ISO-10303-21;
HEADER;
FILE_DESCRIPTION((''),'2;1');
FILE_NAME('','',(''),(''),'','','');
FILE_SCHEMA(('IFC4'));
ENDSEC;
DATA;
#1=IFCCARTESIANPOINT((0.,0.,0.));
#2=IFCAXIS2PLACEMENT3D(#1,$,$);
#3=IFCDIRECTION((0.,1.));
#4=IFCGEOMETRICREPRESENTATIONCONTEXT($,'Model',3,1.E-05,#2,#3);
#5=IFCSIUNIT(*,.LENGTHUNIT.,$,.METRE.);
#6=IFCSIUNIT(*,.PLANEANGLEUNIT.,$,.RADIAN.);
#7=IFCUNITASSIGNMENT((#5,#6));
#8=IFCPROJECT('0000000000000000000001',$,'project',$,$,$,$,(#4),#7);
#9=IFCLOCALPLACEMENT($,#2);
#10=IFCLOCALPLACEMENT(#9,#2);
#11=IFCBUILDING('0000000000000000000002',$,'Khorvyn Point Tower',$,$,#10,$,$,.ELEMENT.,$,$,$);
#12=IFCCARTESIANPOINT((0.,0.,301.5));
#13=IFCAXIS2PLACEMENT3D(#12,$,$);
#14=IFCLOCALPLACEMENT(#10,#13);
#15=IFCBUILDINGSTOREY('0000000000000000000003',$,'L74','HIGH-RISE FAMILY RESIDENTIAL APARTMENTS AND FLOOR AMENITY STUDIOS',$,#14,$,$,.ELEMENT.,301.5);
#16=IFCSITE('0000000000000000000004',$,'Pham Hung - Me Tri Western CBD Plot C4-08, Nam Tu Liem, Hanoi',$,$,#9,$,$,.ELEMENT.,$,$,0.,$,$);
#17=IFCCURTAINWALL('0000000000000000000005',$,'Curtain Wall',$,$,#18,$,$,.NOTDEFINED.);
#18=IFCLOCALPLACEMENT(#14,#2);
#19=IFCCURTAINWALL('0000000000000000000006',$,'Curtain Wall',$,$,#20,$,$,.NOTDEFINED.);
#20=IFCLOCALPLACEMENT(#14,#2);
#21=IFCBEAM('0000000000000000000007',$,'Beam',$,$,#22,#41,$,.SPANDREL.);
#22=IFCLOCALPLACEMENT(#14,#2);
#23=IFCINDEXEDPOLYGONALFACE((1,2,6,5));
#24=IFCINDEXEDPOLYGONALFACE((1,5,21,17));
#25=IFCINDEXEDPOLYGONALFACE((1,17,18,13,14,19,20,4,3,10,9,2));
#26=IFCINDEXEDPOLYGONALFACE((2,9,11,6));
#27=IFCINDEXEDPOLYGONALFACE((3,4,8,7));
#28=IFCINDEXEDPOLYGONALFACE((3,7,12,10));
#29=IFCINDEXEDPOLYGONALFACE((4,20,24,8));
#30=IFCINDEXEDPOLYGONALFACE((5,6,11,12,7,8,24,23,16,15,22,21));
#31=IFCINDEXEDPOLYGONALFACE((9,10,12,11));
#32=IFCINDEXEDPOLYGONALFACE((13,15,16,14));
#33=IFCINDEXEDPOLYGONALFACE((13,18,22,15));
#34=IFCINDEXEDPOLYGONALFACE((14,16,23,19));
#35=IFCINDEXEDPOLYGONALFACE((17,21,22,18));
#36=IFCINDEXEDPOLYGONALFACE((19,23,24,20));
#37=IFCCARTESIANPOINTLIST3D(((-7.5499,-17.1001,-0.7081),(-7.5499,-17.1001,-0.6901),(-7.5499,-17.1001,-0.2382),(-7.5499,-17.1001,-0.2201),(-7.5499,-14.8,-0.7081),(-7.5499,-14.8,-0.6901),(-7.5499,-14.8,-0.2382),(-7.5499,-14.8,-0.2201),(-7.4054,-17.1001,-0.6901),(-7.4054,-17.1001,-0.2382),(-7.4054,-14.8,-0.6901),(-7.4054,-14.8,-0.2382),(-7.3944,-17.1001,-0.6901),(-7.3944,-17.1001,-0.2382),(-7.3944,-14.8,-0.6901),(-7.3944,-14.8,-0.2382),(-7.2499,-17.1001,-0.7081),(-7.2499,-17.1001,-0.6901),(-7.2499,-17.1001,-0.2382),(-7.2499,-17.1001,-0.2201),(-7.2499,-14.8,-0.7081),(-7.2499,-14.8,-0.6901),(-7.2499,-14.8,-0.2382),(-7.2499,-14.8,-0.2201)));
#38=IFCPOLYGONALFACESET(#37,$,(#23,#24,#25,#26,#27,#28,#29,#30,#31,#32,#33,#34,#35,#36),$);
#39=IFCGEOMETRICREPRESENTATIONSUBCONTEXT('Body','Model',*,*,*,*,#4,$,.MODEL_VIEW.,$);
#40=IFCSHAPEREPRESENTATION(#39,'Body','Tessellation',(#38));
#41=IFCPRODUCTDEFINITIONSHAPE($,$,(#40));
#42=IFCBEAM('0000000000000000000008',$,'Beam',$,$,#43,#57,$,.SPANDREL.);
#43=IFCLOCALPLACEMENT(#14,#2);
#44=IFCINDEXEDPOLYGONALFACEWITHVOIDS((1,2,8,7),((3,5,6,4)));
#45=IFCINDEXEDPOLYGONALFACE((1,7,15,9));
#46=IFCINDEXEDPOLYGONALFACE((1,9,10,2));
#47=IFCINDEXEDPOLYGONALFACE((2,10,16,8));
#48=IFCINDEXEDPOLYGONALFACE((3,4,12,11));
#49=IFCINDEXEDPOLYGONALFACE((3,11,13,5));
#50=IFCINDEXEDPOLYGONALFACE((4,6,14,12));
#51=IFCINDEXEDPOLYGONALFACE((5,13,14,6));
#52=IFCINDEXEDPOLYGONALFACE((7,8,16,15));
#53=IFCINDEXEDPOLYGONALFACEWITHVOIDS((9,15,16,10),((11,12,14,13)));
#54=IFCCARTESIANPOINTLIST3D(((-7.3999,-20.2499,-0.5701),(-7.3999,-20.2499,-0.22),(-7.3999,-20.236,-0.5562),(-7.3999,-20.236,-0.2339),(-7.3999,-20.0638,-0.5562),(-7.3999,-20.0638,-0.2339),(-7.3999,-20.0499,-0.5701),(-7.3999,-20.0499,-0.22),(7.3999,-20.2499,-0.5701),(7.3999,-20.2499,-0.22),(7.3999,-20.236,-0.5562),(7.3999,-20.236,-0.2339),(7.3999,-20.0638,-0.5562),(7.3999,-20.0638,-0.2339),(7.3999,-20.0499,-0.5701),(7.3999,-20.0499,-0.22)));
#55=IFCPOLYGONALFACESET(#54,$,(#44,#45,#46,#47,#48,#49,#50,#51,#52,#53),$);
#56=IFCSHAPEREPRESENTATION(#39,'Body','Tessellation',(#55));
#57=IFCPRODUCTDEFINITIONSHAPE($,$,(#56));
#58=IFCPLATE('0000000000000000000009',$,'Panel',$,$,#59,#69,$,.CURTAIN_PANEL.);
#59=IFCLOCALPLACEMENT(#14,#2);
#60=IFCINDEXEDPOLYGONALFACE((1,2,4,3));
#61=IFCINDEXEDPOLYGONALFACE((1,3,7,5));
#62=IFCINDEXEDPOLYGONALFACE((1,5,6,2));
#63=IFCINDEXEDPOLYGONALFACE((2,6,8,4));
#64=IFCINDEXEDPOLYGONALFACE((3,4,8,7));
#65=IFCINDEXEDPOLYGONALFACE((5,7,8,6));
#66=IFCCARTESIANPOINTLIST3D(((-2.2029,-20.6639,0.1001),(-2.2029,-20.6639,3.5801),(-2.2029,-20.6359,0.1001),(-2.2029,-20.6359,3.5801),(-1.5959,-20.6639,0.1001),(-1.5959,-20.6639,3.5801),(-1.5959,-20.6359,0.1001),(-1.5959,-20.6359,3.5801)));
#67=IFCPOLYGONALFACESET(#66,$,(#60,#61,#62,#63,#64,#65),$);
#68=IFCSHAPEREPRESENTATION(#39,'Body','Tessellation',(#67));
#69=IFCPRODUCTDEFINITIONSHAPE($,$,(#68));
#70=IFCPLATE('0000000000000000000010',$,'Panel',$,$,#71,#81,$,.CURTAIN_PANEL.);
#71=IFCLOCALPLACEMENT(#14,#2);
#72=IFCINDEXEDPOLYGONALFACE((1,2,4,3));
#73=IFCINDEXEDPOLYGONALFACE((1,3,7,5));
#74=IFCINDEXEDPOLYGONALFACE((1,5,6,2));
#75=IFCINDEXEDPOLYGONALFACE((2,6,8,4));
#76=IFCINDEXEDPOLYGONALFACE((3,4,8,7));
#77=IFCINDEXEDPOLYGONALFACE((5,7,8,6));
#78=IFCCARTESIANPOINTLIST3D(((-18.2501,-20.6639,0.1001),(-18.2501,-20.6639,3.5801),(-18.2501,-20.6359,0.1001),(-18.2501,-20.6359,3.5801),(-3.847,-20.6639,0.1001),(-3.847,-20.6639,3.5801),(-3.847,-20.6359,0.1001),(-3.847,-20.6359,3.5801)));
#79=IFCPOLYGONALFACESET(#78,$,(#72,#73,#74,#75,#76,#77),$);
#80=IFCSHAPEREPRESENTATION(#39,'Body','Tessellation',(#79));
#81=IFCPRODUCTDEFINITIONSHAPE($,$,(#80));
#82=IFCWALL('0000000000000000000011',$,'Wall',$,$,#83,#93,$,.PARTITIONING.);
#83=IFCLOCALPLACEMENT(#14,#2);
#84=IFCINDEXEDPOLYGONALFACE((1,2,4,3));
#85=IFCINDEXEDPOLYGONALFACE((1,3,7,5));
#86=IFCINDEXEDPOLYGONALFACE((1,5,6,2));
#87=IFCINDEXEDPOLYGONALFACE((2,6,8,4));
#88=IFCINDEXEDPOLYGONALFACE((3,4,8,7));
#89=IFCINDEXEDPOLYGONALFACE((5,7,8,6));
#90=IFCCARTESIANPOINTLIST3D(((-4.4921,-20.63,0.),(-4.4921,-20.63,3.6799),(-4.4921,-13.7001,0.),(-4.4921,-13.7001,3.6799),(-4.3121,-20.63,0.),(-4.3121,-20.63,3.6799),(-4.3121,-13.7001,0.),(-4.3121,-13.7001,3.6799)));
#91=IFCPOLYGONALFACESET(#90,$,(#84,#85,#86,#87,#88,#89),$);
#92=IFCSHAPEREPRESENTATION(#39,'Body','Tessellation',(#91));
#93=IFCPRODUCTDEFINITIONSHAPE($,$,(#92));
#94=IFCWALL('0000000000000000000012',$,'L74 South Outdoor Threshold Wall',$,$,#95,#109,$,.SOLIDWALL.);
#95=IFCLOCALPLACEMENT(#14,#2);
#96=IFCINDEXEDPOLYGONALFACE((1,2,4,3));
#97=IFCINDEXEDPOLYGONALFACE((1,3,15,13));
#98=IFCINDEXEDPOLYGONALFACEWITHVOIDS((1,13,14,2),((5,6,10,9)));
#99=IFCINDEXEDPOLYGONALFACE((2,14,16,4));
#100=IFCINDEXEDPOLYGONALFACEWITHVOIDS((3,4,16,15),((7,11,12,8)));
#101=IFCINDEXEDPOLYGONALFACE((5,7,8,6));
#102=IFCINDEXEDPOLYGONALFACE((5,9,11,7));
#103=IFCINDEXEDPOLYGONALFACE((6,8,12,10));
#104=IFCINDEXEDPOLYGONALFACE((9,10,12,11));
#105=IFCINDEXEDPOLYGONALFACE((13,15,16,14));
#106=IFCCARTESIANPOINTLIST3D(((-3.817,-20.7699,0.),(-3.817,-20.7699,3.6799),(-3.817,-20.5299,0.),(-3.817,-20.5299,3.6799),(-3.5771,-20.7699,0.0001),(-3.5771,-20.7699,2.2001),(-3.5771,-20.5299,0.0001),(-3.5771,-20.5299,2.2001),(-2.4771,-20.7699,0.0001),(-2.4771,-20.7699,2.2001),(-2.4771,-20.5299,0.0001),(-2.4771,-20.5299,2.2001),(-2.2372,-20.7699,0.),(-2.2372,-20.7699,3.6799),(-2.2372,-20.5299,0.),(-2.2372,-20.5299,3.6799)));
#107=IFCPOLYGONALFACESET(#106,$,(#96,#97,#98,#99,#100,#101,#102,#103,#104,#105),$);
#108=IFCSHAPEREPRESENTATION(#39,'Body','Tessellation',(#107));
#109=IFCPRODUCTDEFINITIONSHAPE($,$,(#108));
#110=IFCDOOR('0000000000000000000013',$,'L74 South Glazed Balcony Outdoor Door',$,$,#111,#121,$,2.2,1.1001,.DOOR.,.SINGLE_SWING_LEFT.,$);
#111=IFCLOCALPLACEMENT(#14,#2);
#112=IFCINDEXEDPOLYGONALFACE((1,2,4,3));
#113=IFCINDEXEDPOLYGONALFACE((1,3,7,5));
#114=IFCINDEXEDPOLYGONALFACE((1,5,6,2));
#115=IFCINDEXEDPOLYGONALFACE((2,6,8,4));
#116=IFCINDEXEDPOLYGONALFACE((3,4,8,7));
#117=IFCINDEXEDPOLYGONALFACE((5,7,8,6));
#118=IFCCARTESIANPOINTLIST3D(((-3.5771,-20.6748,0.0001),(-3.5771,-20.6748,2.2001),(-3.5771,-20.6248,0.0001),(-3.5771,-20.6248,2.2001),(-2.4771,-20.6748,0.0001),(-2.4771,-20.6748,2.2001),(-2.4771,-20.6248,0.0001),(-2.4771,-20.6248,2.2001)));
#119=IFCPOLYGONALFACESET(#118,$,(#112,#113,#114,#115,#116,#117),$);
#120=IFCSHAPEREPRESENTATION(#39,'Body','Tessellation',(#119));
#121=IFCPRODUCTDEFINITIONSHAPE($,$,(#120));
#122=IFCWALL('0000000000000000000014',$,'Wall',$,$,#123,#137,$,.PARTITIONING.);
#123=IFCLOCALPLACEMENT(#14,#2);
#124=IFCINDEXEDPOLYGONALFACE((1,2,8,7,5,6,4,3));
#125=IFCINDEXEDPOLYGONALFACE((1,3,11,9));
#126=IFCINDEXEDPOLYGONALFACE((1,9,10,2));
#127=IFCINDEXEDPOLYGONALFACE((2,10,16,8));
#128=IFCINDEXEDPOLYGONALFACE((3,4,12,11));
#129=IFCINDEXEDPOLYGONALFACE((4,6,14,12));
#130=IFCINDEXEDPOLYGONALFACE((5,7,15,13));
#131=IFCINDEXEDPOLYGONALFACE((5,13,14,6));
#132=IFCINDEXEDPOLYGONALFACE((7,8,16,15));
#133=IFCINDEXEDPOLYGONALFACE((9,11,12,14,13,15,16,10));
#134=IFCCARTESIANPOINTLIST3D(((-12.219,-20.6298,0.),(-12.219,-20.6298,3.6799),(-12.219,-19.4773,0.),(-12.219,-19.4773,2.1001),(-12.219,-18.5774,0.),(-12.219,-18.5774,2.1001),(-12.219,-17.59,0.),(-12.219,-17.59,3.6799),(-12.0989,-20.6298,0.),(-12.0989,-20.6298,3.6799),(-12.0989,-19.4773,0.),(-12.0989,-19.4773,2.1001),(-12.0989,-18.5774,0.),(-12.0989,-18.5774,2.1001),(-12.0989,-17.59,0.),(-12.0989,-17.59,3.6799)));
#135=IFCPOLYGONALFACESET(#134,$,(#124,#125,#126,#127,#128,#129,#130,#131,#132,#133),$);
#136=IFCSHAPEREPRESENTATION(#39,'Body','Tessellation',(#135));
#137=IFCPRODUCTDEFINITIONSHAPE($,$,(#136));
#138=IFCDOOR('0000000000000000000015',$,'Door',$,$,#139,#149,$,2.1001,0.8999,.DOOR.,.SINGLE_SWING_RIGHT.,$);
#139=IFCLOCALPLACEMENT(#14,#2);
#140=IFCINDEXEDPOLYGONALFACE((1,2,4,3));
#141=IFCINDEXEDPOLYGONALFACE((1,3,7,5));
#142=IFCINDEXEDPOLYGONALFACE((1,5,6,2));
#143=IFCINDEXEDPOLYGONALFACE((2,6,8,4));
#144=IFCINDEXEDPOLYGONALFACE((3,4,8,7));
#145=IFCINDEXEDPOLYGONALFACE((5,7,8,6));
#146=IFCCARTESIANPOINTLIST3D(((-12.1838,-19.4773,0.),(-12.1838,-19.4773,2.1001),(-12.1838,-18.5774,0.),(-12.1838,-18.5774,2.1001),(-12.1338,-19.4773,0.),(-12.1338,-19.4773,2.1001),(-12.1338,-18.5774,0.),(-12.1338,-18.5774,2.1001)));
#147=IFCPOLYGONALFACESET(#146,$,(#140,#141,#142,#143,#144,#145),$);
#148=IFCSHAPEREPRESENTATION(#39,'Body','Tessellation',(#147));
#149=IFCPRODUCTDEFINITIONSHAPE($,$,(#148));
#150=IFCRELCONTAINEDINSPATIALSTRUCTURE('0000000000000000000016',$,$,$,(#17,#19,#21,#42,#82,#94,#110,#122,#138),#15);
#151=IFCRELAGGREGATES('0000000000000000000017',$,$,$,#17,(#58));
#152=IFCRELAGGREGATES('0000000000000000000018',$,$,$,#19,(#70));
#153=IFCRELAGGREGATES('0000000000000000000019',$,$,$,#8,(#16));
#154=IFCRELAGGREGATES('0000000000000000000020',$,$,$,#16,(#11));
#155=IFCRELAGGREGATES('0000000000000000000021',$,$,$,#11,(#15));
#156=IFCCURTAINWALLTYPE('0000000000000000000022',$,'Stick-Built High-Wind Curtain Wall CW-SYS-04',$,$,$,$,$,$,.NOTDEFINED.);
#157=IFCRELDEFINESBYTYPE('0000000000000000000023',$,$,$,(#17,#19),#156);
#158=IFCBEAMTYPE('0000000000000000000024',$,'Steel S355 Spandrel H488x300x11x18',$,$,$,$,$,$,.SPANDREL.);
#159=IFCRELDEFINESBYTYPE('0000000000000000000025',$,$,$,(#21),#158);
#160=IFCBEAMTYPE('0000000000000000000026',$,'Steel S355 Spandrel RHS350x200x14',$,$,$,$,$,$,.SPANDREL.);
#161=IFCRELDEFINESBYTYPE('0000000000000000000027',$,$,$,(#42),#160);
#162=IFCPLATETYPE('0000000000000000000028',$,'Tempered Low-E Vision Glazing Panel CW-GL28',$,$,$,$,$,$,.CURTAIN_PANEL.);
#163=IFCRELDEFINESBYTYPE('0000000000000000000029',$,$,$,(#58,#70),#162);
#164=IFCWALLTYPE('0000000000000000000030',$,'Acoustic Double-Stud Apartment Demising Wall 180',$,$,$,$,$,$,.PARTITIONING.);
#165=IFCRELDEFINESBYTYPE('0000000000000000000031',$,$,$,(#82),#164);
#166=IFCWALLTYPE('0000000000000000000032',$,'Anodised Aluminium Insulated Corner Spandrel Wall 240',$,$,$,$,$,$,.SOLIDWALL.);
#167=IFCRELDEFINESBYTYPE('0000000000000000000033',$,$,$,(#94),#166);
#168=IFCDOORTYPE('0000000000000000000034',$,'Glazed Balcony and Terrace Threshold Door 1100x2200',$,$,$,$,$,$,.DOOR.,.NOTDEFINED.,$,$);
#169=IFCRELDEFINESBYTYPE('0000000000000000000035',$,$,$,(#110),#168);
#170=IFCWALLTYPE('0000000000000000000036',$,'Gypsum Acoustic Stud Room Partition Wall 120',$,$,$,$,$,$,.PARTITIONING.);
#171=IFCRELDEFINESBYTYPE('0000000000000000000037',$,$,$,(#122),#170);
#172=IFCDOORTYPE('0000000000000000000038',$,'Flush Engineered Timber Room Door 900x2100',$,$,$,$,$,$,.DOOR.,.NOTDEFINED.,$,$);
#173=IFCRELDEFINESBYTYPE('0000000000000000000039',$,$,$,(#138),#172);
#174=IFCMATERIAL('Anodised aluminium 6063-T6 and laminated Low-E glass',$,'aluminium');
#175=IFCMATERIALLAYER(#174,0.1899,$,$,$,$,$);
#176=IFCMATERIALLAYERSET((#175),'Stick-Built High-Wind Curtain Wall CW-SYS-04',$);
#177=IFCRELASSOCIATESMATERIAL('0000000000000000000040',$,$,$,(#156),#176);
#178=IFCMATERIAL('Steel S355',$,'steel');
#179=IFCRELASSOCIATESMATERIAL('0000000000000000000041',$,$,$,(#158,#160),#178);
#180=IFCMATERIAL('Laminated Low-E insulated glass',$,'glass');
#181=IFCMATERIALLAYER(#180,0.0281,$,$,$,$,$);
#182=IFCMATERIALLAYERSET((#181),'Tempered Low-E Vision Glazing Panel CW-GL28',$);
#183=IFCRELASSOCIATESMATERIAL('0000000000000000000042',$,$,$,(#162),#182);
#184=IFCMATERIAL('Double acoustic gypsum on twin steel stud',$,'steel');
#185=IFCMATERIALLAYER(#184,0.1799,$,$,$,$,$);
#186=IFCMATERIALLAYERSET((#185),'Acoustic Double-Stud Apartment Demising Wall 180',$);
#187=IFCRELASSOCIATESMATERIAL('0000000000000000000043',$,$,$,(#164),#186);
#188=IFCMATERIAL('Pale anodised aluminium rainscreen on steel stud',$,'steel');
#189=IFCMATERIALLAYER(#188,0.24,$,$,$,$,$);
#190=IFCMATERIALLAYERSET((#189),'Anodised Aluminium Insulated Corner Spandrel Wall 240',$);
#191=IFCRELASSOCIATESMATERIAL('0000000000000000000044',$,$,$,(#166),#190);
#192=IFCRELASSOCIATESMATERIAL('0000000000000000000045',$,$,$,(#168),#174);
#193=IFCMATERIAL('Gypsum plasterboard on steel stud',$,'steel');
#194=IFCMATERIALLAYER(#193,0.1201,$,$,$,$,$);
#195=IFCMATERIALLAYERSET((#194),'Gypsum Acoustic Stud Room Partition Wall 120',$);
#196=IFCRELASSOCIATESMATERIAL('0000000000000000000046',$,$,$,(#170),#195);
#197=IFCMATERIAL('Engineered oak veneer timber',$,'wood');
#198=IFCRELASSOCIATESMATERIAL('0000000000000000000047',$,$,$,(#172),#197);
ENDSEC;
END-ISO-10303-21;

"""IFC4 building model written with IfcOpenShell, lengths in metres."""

from ifc_helpers import new_model, si_unit, direction, frame, frame_2d, origin, origin_2d, place, context, subcontext, project, spatial, rectangle, hollow_rectangle, i_section, extrude, material, layer, layer_set, material_profile, profile_set, type_object, element, fill, aggregate, save


model = new_model("IFC4")

# Units and contexts
model_context = context("Model", 3, precision=1e-05, world=origin(), true_north=direction((0.0, 1.0)))
body_context = subcontext(model_context, "Body", "Model", "MODEL_VIEW")
ifc_project = project(units=[si_unit("LENGTHUNIT", "METRE"), si_unit("PLANEANGLEUNIT", "RADIAN")], contexts=[model_context])

# Site, building, storey
site_placement = place(None, origin())
site = spatial("IfcSite", under=ifc_project, at=site_placement, Name="Pham Hung - Me Tri Western CBD Plot C4-08, Nam Tu Liem, Hanoi", CompositionType="ELEMENT", RefElevation=0.0)
building_placement = place(site_placement, origin())
building = spatial("IfcBuilding", under=site, at=building_placement, Name="Khorvyn Point Tower", CompositionType="ELEMENT")
storey_placement = place(building_placement, frame((0.0, 0.0, 301.5)))
storey = spatial("IfcBuildingStorey", under=building, at=storey_placement, Name="L74", Description="HIGH-RISE FAMILY RESIDENTIAL APARTMENTS AND FLOOR AMENITY STUDIOS", CompositionType="ELEMENT", Elevation=301.5)

# Shared definitions
ifc_material_1 = material(Name="Steel S355", Category="steel")

# Curtain wall
ifc_material_2 = material(Name="Anodised aluminium 6063-T6 and laminated Low-E glass", Category="aluminium")
ifc_layer_1 = layer(ifc_material_2, 0.1899)
ifc_layer_set_1 = layer_set([ifc_layer_1], Name="Stick-Built High-Wind Curtain Wall CW-SYS-04")
curtain_wall_type = type_object("IfcCurtainWallType", Name="Stick-Built High-Wind Curtain Wall CW-SYS-04", PredefinedType="NOTDEFINED", material=ifc_layer_set_1)
curtain_wall_1_placement = place(storey_placement, origin())
curtain_wall_1 = element("IfcCurtainWall", 1, at=curtain_wall_1_placement, inside=storey, type_object=curtain_wall_type, Name="Curtain Wall", PredefinedType="NOTDEFINED")

# Curtain wall
curtain_wall_2_placement = place(storey_placement, origin())
curtain_wall_2 = element("IfcCurtainWall", 2, at=curtain_wall_2_placement, inside=storey, type_object=curtain_wall_type, Name="Curtain Wall", PredefinedType="NOTDEFINED")

# Beams
ifc_material_profile_1 = material_profile(ifc_material_1, i_section(OverallWidth=0.3, OverallDepth=0.488, WebThickness=0.011, FlangeThickness=0.0181, at=origin_2d()))
ifc_profile_set_1 = profile_set([ifc_material_profile_1], Name="Steel S355 H488x300x11x18")
beam_type_1 = type_object("IfcBeamType", Name="Steel S355 Spandrel H488x300x11x18", PredefinedType="SPANDREL", material=ifc_profile_set_1)
beam_1_placement = place(storey_placement, frame((-7.3999, -17.1001, -0.4641), z_axis=(0.0, 1.0, 0.0), x_axis=(-1.0, 0.0, 0.0)))
element("IfcBeam", 3, at=beam_1_placement, inside=storey, type_object=beam_type_1, Name="Beam", PredefinedType="SPANDREL", context=body_context, shape_type="SweptSolid", body=[
    extrude(i_section(OverallWidth=0.3, OverallDepth=0.488, WebThickness=0.011, FlangeThickness=0.0181, at=origin_2d()), origin(), (0.0, 0.0, 1.0), 2.3),
])
ifc_material_profile_2 = material_profile(ifc_material_1, hollow_rectangle(XDim=0.2, YDim=0.3501, WallThickness=0.0139, at=origin_2d()))
ifc_profile_set_2 = profile_set([ifc_material_profile_2], Name="Steel S355 RHS350x200x14")
beam_type_2 = type_object("IfcBeamType", Name="Steel S355 Spandrel RHS350x200x14", PredefinedType="SPANDREL", material=ifc_profile_set_2)
beam_2_placement = place(storey_placement, frame((-7.3999, -20.1499, -0.395), z_axis=(1.0, 0.0, 0.0), x_axis=(0.0, 1.0, 0.0)))
element("IfcBeam", 4, at=beam_2_placement, inside=storey, type_object=beam_type_2, Name="Beam", PredefinedType="SPANDREL", context=body_context, shape_type="SweptSolid", body=[
    extrude(hollow_rectangle(XDim=0.2, YDim=0.3501, WallThickness=0.0139, at=origin_2d()), origin(), (0.0, 0.0, 1.0), 14.7998),
])

# Plates
ifc_material_3 = material(Name="Laminated Low-E insulated glass", Category="glass")
ifc_layer_2 = layer(ifc_material_3, 0.0281)
ifc_layer_set_2 = layer_set([ifc_layer_2], Name="Tempered Low-E Vision Glazing Panel CW-GL28")
plate_type = type_object("IfcPlateType", Name="Tempered Low-E Vision Glazing Panel CW-GL28", PredefinedType="CURTAIN_PANEL", material=ifc_layer_set_2)
plate_1_placement = place(storey_placement, frame((-1.8994, -20.6499, 0.1001), z_axis=(0.0, 0.0, 1.0), x_axis=(-1.0, 0.0, 0.0)))
plate_1 = element("IfcPlate", 5, at=plate_1_placement, type_object=plate_type, Name="Panel", PredefinedType="CURTAIN_PANEL", context=body_context, shape_type="SweptSolid", body=[
    extrude(rectangle(XDim=0.6069, YDim=0.0281, at=origin_2d()), origin(), (0.0, 0.0, 1.0), 3.48),
])
aggregate(curtain_wall_1, [plate_1])
plate_2_placement = place(storey_placement, frame((-11.0486, -20.6499, 0.1001), z_axis=(0.0, 0.0, 1.0), x_axis=(-1.0, 0.0, 0.0)))
plate_2 = element("IfcPlate", 6, at=plate_2_placement, type_object=plate_type, Name="Panel", PredefinedType="CURTAIN_PANEL", context=body_context, shape_type="SweptSolid", body=[
    extrude(rectangle(XDim=14.4031, YDim=0.0281, at=origin_2d()), origin(), (0.0, 0.0, 1.0), 3.48),
])
aggregate(curtain_wall_2, [plate_2])

# Wall
ifc_material_4 = material(Name="Double acoustic gypsum on twin steel stud", Category="steel")
ifc_layer_3 = layer(ifc_material_4, 0.1799)
ifc_layer_set_3 = layer_set([ifc_layer_3], Name="Acoustic Double-Stud Apartment Demising Wall 180")
wall_type_1 = type_object("IfcWallType", Name="Acoustic Double-Stud Apartment Demising Wall 180", PredefinedType="PARTITIONING", material=ifc_layer_set_3)
wall_1_placement = place(storey_placement, frame((-4.4021, -20.6299, 0.0), z_axis=(0.0, 0.0, 1.0), x_axis=(0.0, 1.0, 0.0)))
element("IfcWall", 7, at=wall_1_placement, inside=storey, type_object=wall_type_1, Name="Wall", PredefinedType="PARTITIONING", context=body_context, shape_type="SweptSolid", body=[
    extrude(rectangle(XDim=6.9299, YDim=0.1799, at=frame_2d((3.4648, 0.0))), origin(), (0.0, 0.0, 1.0), 3.6799),
])

# Walls, openings, doors
ifc_material_5 = material(Name="Pale anodised aluminium rainscreen on steel stud", Category="steel")
ifc_layer_4 = layer(ifc_material_5, 0.24)
ifc_layer_set_4 = layer_set([ifc_layer_4], Name="Anodised Aluminium Insulated Corner Spandrel Wall 240")
wall_type_2 = type_object("IfcWallType", Name="Anodised Aluminium Insulated Corner Spandrel Wall 240", PredefinedType="SOLIDWALL", material=ifc_layer_set_4)
wall_2_placement = place(storey_placement, frame((-2.2371, -20.6499, 0.0), z_axis=(0.0, 0.0, 1.0), x_axis=(-1.0, 0.0, 0.0)))
wall_2 = element("IfcWall", 8, at=wall_2_placement, inside=storey, type_object=wall_type_2, Name="L74 South Outdoor Threshold Wall", PredefinedType="SOLIDWALL", context=body_context, shape_type="SweptSolid", body=[
    extrude(rectangle(XDim=1.5798, YDim=0.24, at=frame_2d((0.79, 0.0))), origin(), (0.0, 0.0, 1.0), 3.6799),
])
opening_1_placement = place(wall_2_placement, frame((0.24, 0.0, 0.0)))
opening_1 = element("IfcOpeningElement", 9, at=opening_1_placement, cuts=wall_2, PredefinedType="OPENING", context=body_context, shape_type="SweptSolid", body=[
    extrude(rectangle(XDim=1.1001, YDim=2.2, at=frame_2d((0.55, 1.1001))), frame((0.0, 0.1299, 0.0), z_axis=(0.0, -1.0, 0.0), x_axis=(1.0, 0.0, 0.0)), (0.0, 0.0, 1.0), 0.26),
])
door_type_1 = type_object("IfcDoorType", Name="Glazed Balcony and Terrace Threshold Door 1100x2200", OperationType="NOTDEFINED", PredefinedType="DOOR", material=ifc_material_2)
door_1_placement = place(opening_1_placement, origin())
door_1 = element("IfcDoor", 10, at=door_1_placement, inside=storey, type_object=door_type_1, Name="L74 South Glazed Balcony Outdoor Door", OperationType="SINGLE_SWING_LEFT", OverallHeight=2.2, OverallWidth=1.1001, PredefinedType="DOOR", context=body_context, shape_type="SweptSolid", body=[
    extrude(rectangle(XDim=1.1001, YDim=2.2, at=frame_2d((0.55, 1.1001))), frame((0.0, 0.0249, 0.0), z_axis=(0.0, -1.0, 0.0), x_axis=(1.0, 0.0, 0.0)), (0.0, 0.0, 1.0), 0.05),
])
fill(opening_1, door_1)
ifc_material_6 = material(Name="Gypsum plasterboard on steel stud", Category="steel")
ifc_layer_5 = layer(ifc_material_6, 0.1201)
ifc_layer_set_5 = layer_set([ifc_layer_5], Name="Gypsum Acoustic Stud Room Partition Wall 120")
wall_type_3 = type_object("IfcWallType", Name="Gypsum Acoustic Stud Room Partition Wall 120", PredefinedType="PARTITIONING", material=ifc_layer_set_5)
wall_3_placement = place(storey_placement, frame((-12.1589, -20.6299, 0.0), z_axis=(0.0, 0.0, 1.0), x_axis=(0.0, 1.0, 0.0)))
wall_3 = element("IfcWall", 11, at=wall_3_placement, inside=storey, type_object=wall_type_3, Name="Wall", PredefinedType="PARTITIONING", context=body_context, shape_type="SweptSolid", body=[
    extrude(rectangle(XDim=3.0398, YDim=0.1201, at=frame_2d((1.52, 0.0))), origin(), (0.0, 0.0, 1.0), 3.6799),
])
opening_2_placement = place(wall_3_placement, frame((1.1526, 0.0, 0.0)))
opening_2 = element("IfcOpeningElement", 12, at=opening_2_placement, cuts=wall_3, PredefinedType="OPENING", context=body_context, shape_type="SweptSolid", body=[
    extrude(rectangle(XDim=0.8999, YDim=2.1001, at=frame_2d((0.45, 1.05))), frame((0.0, 0.0701, 0.0), z_axis=(0.0, -1.0, 0.0), x_axis=(1.0, 0.0, 0.0)), (0.0, 0.0, 1.0), 0.1401),
])
ifc_material_7 = material(Name="Engineered oak veneer timber", Category="wood")
door_type_2 = type_object("IfcDoorType", Name="Flush Engineered Timber Room Door 900x2100", OperationType="NOTDEFINED", PredefinedType="DOOR", material=ifc_material_7)
door_2_placement = place(opening_2_placement, origin())
door_2 = element("IfcDoor", 13, at=door_2_placement, inside=storey, type_object=door_type_2, Name="Door", OperationType="SINGLE_SWING_RIGHT", OverallHeight=2.1001, OverallWidth=0.8999, PredefinedType="DOOR", context=body_context, shape_type="SweptSolid", body=[
    extrude(rectangle(XDim=0.8999, YDim=2.1001, at=frame_2d((0.45, 1.05))), frame((0.0, 0.0249, 0.0), z_axis=(0.0, -1.0, 0.0), x_axis=(1.0, 0.0, 0.0)), (0.0, 0.0, 1.0), 0.05),
])
fill(opening_2, door_2)

save(model, "model.ifc")
